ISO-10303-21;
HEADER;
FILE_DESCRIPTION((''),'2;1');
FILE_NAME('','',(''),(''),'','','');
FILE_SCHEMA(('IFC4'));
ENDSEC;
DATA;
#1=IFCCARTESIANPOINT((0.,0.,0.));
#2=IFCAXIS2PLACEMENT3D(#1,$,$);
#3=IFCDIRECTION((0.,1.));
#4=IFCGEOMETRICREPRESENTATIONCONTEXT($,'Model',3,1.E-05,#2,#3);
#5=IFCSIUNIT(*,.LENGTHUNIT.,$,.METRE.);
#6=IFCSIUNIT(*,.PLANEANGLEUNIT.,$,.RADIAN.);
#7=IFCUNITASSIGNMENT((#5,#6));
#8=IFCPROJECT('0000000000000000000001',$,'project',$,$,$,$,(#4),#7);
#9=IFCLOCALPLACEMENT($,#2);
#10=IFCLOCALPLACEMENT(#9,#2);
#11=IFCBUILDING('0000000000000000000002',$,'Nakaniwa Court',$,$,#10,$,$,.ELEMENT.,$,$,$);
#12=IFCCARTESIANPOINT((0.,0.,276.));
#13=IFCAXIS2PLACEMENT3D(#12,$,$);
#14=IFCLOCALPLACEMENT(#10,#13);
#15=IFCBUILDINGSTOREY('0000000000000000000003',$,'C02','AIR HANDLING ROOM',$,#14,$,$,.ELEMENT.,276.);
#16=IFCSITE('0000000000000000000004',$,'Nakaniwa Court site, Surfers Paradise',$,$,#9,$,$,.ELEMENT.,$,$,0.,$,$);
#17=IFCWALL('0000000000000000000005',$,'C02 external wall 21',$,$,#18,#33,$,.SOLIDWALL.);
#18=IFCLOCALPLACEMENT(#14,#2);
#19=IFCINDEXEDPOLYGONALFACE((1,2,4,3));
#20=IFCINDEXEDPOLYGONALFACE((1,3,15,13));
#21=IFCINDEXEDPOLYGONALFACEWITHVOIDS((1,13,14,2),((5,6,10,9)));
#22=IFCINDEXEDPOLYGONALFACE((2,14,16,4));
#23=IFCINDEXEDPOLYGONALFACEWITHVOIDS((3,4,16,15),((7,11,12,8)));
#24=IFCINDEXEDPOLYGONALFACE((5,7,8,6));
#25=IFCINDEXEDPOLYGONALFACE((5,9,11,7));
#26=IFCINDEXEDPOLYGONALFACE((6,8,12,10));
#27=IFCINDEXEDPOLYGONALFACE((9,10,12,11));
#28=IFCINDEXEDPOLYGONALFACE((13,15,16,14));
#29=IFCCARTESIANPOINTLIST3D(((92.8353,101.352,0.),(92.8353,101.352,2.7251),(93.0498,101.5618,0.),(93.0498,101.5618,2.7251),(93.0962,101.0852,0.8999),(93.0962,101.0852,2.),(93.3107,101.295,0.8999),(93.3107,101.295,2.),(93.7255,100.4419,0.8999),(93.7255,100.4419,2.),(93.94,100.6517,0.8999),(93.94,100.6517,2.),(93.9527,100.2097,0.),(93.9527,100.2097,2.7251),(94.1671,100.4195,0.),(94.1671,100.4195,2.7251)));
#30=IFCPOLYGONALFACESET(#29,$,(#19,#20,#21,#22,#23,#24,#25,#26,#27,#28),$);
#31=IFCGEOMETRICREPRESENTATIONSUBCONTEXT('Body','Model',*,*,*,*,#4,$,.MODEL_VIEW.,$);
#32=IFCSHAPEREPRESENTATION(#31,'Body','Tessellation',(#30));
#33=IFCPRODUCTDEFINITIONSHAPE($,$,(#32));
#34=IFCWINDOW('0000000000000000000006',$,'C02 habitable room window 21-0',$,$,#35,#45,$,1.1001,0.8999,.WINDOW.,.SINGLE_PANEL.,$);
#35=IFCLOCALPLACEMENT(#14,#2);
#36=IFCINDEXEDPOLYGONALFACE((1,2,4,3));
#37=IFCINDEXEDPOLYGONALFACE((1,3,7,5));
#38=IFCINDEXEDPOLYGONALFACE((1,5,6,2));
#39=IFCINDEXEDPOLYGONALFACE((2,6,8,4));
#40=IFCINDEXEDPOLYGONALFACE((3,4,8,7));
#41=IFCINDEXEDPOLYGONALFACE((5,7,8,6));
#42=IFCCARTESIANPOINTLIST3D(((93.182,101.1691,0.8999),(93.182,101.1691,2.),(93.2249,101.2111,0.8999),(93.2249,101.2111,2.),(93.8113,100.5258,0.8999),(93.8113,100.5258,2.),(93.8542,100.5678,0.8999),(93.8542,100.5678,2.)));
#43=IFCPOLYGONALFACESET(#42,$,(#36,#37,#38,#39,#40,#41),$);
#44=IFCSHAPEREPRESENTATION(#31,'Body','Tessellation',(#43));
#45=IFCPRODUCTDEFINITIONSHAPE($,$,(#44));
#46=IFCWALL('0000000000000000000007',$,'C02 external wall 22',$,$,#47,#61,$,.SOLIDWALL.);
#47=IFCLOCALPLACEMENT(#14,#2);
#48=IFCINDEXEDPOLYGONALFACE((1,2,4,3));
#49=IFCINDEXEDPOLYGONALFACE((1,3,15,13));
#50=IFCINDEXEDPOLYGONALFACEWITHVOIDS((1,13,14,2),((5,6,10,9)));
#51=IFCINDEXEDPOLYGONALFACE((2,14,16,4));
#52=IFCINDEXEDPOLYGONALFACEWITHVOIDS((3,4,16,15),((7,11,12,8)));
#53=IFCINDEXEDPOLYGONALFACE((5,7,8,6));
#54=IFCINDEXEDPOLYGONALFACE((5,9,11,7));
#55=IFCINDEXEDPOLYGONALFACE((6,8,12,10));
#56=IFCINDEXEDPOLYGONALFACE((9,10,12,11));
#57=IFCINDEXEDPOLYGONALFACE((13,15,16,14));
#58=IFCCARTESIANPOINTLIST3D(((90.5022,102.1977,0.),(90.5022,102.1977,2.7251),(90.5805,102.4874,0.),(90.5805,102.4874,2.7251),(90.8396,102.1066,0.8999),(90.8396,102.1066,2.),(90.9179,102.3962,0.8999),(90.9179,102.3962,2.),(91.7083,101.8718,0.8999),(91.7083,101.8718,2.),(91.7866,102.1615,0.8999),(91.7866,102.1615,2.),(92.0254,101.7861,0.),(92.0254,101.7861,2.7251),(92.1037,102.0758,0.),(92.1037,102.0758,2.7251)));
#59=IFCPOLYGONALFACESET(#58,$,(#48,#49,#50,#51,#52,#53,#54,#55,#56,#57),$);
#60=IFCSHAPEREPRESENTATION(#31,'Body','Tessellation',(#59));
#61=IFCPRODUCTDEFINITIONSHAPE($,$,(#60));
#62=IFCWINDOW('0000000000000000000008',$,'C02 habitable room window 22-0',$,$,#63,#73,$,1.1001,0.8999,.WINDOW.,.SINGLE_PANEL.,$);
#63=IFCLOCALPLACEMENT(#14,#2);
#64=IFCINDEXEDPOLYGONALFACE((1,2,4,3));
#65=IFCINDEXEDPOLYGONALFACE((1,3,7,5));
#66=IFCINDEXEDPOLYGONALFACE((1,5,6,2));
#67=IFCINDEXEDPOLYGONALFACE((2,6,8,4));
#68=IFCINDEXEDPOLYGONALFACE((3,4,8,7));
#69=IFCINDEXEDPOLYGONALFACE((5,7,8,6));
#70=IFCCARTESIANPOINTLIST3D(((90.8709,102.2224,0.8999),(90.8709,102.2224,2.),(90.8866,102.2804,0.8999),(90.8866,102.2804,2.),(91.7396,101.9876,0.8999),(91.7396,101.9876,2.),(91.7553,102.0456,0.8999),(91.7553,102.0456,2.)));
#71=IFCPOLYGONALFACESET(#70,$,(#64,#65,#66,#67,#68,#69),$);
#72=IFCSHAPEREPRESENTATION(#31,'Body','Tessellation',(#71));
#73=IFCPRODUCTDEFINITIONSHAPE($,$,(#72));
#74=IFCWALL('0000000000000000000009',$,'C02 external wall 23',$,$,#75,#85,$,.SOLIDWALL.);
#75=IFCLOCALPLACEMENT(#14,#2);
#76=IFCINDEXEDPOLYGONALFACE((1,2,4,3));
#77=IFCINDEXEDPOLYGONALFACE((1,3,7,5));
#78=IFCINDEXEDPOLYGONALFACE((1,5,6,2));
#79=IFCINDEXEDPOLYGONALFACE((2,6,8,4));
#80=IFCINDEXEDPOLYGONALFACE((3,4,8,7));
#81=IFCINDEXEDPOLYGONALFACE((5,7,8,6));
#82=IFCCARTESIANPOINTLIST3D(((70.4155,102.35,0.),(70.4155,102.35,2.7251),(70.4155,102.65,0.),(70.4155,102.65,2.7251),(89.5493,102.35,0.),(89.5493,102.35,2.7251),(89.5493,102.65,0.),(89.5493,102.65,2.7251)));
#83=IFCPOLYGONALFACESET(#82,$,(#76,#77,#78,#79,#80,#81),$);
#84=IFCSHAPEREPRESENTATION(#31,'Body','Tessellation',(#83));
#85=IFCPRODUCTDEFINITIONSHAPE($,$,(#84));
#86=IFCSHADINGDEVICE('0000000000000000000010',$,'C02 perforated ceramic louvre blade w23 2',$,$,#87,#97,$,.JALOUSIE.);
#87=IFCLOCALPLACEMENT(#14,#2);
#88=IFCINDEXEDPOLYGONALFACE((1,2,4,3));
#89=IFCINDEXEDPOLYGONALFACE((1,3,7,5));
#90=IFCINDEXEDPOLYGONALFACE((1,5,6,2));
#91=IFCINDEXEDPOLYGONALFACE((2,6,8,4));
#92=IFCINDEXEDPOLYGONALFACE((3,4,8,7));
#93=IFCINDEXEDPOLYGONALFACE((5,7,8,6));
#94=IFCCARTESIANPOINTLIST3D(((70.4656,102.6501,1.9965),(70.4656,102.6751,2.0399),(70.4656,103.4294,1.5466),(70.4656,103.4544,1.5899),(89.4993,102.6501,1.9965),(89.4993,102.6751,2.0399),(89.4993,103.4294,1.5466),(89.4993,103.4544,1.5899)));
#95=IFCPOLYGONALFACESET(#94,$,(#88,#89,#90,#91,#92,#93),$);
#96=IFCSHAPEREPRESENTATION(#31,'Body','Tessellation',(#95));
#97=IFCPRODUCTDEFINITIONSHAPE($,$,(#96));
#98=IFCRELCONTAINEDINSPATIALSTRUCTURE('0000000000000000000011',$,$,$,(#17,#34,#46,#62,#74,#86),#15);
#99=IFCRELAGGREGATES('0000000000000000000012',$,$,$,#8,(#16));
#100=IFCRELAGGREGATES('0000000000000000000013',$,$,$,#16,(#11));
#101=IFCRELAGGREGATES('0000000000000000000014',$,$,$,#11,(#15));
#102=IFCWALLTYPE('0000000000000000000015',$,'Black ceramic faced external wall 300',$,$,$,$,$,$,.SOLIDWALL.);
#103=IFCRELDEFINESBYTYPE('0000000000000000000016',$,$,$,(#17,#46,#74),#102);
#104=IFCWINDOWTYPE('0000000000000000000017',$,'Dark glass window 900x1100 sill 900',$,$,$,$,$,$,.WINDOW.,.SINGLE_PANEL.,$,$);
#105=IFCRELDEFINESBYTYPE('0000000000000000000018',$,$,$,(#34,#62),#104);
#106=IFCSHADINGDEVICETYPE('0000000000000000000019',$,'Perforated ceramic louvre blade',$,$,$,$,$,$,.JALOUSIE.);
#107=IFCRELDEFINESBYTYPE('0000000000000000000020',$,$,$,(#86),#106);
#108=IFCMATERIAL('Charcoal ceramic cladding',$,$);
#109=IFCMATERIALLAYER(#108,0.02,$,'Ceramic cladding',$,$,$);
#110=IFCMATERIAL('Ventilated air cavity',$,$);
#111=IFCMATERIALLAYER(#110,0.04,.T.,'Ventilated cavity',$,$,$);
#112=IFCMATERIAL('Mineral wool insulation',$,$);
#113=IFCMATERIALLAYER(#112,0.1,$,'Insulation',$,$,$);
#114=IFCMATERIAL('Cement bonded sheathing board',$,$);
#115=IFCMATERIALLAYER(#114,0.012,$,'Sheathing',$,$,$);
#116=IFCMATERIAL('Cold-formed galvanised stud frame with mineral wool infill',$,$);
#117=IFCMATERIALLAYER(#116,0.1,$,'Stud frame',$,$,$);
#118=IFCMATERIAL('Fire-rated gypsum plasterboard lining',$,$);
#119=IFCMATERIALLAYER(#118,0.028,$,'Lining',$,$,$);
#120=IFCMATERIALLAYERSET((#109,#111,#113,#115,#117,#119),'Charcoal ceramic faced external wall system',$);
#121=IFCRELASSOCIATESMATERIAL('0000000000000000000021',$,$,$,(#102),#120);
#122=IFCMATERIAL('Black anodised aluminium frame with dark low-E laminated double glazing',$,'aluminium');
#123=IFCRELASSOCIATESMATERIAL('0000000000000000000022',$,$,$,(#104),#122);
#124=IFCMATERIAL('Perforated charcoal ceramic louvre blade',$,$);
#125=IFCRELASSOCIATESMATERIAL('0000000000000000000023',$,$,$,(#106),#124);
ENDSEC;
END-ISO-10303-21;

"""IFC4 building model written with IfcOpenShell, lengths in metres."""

from ifc_helpers import new_model, si_unit, direction, frame, frame_2d, origin, origin_2d, place, context, subcontext, project, spatial, rectangle, extrude, material, layer, layer_set, material_profile, profile_set, type_object, element, fill, save


model = new_model("IFC4")

# Units and contexts
model_context = context("Model", 3, precision=1e-05, world=origin(), true_north=direction((0.0, 1.0)))
body_context = subcontext(model_context, "Body", "Model", "MODEL_VIEW")
ifc_project = project(units=[si_unit("LENGTHUNIT", "METRE"), si_unit("PLANEANGLEUNIT", "RADIAN")], contexts=[model_context])

# Site, building, storey
site_placement = place(None, origin())
site = spatial("IfcSite", under=ifc_project, at=site_placement, Name="Nakaniwa Court site, Surfers Paradise", CompositionType="ELEMENT", RefElevation=0.0)
building_placement = place(site_placement, origin())
building = spatial("IfcBuilding", under=site, at=building_placement, Name="Nakaniwa Court", CompositionType="ELEMENT")
storey_placement = place(building_placement, frame((0.0, 0.0, 276.0)))
storey = spatial("IfcBuildingStorey", under=building, at=storey_placement, Name="C02", Description="AIR HANDLING ROOM", CompositionType="ELEMENT", Elevation=276.0)

# Walls, openings, windows
ifc_material_1 = material(Name="Charcoal ceramic cladding")
ifc_layer_1 = layer(ifc_material_1, 0.02, Name="Ceramic cladding")
ifc_material_2 = material(Name="Ventilated air cavity")
ifc_layer_2 = layer(ifc_material_2, 0.04, ventilated=True, Name="Ventilated cavity")
ifc_material_3 = material(Name="Mineral wool insulation")
ifc_layer_3 = layer(ifc_material_3, 0.1, Name="Insulation")
ifc_material_4 = material(Name="Cement bonded sheathing board")
ifc_layer_4 = layer(ifc_material_4, 0.012, Name="Sheathing")
ifc_material_5 = material(Name="Cold-formed galvanised stud frame with mineral wool infill")
ifc_layer_5 = layer(ifc_material_5, 0.1, Name="Stud frame")
ifc_material_6 = material(Name="Fire-rated gypsum plasterboard lining")
ifc_layer_6 = layer(ifc_material_6, 0.028, Name="Lining")
ifc_layer_set_1 = layer_set([ifc_layer_1, ifc_layer_2, ifc_layer_3, ifc_layer_4, ifc_layer_5, ifc_layer_6], Name="Charcoal ceramic faced external wall system")
wall_type_1 = type_object("IfcWallType", Name="Black ceramic faced external wall 300", PredefinedType="SOLIDWALL", material=ifc_layer_set_1)
ifc_material_7 = material(Name="Black anodised aluminium frame with dark low-E laminated double glazing", Category="aluminium")
wall_1_placement = place(storey_placement, frame((94.0598, 100.3147, 0.0), z_axis=(0.0, 0.0, 1.0), x_axis=(-0.699272, 0.714856, 0.0)))
wall_1 = element("IfcWall", 1, at=wall_1_placement, inside=storey, type_object=wall_type_1, Name="C02 external wall 21", PredefinedType="SOLIDWALL", context=body_context, shape_type="SweptSolid", body=[
    extrude(rectangle(XDim=1.5979, YDim=0.3, at=frame_2d((0.7988, 0.0))), origin(), (0.0, 0.0, 1.0), 2.7251),
])
opening_1_placement = place(wall_1_placement, frame((0.3247, 0.0, 0.8999)))
opening_1 = element("IfcOpeningElement", 2, at=opening_1_placement, cuts=wall_1, PredefinedType="OPENING", context=body_context, shape_type="SweptSolid", body=[
    extrude(rectangle(XDim=0.8999, YDim=1.1001, at=frame_2d((0.45, 0.55))), frame((0.0, 0.1599, 0.0), z_axis=(0.0, -1.0, 0.0), x_axis=(1.0, 0.0, 0.0)), (0.0, 0.0, 1.0), 0.3201),
])
window_type_1 = type_object("IfcWindowType", Name="Dark glass window 900x1100 sill 900", PartitioningType="SINGLE_PANEL", PredefinedType="WINDOW", material=ifc_material_7)
window_1_placement = place(opening_1_placement, origin())
window_1 = element("IfcWindow", 3, at=window_1_placement, inside=storey, type_object=window_type_1, Name="C02 habitable room window 21-0", OverallHeight=1.1001, OverallWidth=0.8999, PartitioningType="SINGLE_PANEL", PredefinedType="WINDOW", context=body_context, shape_type="SweptSolid", body=[
    extrude(rectangle(XDim=0.8999, YDim=1.1001, at=frame_2d((0.45, 0.55))), frame((0.0, 0.03, 0.0), z_axis=(0.0, -1.0, 0.0), x_axis=(1.0, 0.0, 0.0)), (0.0, 0.0, 1.0), 0.0601),
])
fill(opening_1, window_1)
wall_2_placement = place(storey_placement, frame((92.0647, 101.9309, 0.0), z_axis=(0.0, 0.0, 1.0), x_axis=(-0.965372, 0.260878, 0.0)))
wall_2 = element("IfcWall", 4, at=wall_2_placement, inside=storey, type_object=wall_type_1, Name="C02 external wall 22", PredefinedType="SOLIDWALL", context=body_context, shape_type="SweptSolid", body=[
    extrude(rectangle(XDim=1.5779, YDim=0.3, at=frame_2d((0.7891, 0.0))), origin(), (0.0, 0.0, 1.0), 2.7251),
])
opening_2_placement = place(wall_2_placement, frame((0.3286, 0.0, 0.8999)))
opening_2 = element("IfcOpeningElement", 5, at=opening_2_placement, cuts=wall_2, PredefinedType="OPENING", context=body_context, shape_type="SweptSolid", body=[
    extrude(rectangle(XDim=0.8999, YDim=1.1001, at=frame_2d((0.45, 0.55))), frame((0.0, 0.1599, 0.0), z_axis=(0.0, -1.0, 0.0), x_axis=(1.0, 0.0, 0.0)), (0.0, 0.0, 1.0), 0.3201),
])
window_2_placement = place(opening_2_placement, origin())
window_2 = element("IfcWindow", 6, at=window_2_placement, inside=storey, type_object=window_type_1, Name="C02 habitable room window 22-0", OverallHeight=1.1001, OverallWidth=0.8999, PartitioningType="SINGLE_PANEL", PredefinedType="WINDOW", context=body_context, shape_type="SweptSolid", body=[
    extrude(rectangle(XDim=0.8999, YDim=1.1001, at=frame_2d((0.45, 0.55))), frame((0.0, 0.03, 0.0), z_axis=(0.0, -1.0, 0.0), x_axis=(1.0, 0.0, 0.0)), (0.0, 0.0, 1.0), 0.0601),
])
fill(opening_2, window_2)

# Wall
wall_3_placement = place(storey_placement, frame((89.5493, 102.5, 0.0), z_axis=(0.0, 0.0, 1.0), x_axis=(-1.0, 0.0, 0.0)))
element("IfcWall", 7, at=wall_3_placement, inside=storey, type_object=wall_type_1, Name="C02 external wall 23", PredefinedType="SOLIDWALL", context=body_context, shape_type="SweptSolid", body=[
    extrude(rectangle(XDim=19.1338, YDim=0.3, at=frame_2d((9.5669, 0.0))), origin(), (0.0, 0.0, 1.0), 2.7251),
])

# Shading device
ifc_material_8 = material(Name="Perforated charcoal ceramic louvre blade")
ifc_material_profile_1 = material_profile(ifc_material_8, rectangle(XDim=0.8999, YDim=0.05, at=origin_2d()), Name="Perforated ceramic louvre blade")
ifc_profile_set_1 = profile_set([ifc_material_profile_1], Name="Perforated charcoal ceramic louvre blade")
shading_device_type = type_object("IfcShadingDeviceType", Name="Perforated ceramic louvre blade", PredefinedType="JALOUSIE", material=ifc_profile_set_1)
shading_device_placement = place(storey_placement, frame((89.4993, 103.0522, 1.7932), z_axis=(-1.0, 0.0, 0.0), x_axis=(0.0, -0.866025, 0.5)))
element("IfcShadingDevice", 8, at=shading_device_placement, inside=storey, type_object=shading_device_type, Name="C02 perforated ceramic louvre blade w23 2", PredefinedType="JALOUSIE", context=body_context, shape_type="SweptSolid", body=[
    extrude(rectangle(XDim=0.8999, YDim=0.05, at=origin_2d()), origin(), (0.0, 0.0, 1.0), 19.0337),
])

save(model, "model.ifc")
